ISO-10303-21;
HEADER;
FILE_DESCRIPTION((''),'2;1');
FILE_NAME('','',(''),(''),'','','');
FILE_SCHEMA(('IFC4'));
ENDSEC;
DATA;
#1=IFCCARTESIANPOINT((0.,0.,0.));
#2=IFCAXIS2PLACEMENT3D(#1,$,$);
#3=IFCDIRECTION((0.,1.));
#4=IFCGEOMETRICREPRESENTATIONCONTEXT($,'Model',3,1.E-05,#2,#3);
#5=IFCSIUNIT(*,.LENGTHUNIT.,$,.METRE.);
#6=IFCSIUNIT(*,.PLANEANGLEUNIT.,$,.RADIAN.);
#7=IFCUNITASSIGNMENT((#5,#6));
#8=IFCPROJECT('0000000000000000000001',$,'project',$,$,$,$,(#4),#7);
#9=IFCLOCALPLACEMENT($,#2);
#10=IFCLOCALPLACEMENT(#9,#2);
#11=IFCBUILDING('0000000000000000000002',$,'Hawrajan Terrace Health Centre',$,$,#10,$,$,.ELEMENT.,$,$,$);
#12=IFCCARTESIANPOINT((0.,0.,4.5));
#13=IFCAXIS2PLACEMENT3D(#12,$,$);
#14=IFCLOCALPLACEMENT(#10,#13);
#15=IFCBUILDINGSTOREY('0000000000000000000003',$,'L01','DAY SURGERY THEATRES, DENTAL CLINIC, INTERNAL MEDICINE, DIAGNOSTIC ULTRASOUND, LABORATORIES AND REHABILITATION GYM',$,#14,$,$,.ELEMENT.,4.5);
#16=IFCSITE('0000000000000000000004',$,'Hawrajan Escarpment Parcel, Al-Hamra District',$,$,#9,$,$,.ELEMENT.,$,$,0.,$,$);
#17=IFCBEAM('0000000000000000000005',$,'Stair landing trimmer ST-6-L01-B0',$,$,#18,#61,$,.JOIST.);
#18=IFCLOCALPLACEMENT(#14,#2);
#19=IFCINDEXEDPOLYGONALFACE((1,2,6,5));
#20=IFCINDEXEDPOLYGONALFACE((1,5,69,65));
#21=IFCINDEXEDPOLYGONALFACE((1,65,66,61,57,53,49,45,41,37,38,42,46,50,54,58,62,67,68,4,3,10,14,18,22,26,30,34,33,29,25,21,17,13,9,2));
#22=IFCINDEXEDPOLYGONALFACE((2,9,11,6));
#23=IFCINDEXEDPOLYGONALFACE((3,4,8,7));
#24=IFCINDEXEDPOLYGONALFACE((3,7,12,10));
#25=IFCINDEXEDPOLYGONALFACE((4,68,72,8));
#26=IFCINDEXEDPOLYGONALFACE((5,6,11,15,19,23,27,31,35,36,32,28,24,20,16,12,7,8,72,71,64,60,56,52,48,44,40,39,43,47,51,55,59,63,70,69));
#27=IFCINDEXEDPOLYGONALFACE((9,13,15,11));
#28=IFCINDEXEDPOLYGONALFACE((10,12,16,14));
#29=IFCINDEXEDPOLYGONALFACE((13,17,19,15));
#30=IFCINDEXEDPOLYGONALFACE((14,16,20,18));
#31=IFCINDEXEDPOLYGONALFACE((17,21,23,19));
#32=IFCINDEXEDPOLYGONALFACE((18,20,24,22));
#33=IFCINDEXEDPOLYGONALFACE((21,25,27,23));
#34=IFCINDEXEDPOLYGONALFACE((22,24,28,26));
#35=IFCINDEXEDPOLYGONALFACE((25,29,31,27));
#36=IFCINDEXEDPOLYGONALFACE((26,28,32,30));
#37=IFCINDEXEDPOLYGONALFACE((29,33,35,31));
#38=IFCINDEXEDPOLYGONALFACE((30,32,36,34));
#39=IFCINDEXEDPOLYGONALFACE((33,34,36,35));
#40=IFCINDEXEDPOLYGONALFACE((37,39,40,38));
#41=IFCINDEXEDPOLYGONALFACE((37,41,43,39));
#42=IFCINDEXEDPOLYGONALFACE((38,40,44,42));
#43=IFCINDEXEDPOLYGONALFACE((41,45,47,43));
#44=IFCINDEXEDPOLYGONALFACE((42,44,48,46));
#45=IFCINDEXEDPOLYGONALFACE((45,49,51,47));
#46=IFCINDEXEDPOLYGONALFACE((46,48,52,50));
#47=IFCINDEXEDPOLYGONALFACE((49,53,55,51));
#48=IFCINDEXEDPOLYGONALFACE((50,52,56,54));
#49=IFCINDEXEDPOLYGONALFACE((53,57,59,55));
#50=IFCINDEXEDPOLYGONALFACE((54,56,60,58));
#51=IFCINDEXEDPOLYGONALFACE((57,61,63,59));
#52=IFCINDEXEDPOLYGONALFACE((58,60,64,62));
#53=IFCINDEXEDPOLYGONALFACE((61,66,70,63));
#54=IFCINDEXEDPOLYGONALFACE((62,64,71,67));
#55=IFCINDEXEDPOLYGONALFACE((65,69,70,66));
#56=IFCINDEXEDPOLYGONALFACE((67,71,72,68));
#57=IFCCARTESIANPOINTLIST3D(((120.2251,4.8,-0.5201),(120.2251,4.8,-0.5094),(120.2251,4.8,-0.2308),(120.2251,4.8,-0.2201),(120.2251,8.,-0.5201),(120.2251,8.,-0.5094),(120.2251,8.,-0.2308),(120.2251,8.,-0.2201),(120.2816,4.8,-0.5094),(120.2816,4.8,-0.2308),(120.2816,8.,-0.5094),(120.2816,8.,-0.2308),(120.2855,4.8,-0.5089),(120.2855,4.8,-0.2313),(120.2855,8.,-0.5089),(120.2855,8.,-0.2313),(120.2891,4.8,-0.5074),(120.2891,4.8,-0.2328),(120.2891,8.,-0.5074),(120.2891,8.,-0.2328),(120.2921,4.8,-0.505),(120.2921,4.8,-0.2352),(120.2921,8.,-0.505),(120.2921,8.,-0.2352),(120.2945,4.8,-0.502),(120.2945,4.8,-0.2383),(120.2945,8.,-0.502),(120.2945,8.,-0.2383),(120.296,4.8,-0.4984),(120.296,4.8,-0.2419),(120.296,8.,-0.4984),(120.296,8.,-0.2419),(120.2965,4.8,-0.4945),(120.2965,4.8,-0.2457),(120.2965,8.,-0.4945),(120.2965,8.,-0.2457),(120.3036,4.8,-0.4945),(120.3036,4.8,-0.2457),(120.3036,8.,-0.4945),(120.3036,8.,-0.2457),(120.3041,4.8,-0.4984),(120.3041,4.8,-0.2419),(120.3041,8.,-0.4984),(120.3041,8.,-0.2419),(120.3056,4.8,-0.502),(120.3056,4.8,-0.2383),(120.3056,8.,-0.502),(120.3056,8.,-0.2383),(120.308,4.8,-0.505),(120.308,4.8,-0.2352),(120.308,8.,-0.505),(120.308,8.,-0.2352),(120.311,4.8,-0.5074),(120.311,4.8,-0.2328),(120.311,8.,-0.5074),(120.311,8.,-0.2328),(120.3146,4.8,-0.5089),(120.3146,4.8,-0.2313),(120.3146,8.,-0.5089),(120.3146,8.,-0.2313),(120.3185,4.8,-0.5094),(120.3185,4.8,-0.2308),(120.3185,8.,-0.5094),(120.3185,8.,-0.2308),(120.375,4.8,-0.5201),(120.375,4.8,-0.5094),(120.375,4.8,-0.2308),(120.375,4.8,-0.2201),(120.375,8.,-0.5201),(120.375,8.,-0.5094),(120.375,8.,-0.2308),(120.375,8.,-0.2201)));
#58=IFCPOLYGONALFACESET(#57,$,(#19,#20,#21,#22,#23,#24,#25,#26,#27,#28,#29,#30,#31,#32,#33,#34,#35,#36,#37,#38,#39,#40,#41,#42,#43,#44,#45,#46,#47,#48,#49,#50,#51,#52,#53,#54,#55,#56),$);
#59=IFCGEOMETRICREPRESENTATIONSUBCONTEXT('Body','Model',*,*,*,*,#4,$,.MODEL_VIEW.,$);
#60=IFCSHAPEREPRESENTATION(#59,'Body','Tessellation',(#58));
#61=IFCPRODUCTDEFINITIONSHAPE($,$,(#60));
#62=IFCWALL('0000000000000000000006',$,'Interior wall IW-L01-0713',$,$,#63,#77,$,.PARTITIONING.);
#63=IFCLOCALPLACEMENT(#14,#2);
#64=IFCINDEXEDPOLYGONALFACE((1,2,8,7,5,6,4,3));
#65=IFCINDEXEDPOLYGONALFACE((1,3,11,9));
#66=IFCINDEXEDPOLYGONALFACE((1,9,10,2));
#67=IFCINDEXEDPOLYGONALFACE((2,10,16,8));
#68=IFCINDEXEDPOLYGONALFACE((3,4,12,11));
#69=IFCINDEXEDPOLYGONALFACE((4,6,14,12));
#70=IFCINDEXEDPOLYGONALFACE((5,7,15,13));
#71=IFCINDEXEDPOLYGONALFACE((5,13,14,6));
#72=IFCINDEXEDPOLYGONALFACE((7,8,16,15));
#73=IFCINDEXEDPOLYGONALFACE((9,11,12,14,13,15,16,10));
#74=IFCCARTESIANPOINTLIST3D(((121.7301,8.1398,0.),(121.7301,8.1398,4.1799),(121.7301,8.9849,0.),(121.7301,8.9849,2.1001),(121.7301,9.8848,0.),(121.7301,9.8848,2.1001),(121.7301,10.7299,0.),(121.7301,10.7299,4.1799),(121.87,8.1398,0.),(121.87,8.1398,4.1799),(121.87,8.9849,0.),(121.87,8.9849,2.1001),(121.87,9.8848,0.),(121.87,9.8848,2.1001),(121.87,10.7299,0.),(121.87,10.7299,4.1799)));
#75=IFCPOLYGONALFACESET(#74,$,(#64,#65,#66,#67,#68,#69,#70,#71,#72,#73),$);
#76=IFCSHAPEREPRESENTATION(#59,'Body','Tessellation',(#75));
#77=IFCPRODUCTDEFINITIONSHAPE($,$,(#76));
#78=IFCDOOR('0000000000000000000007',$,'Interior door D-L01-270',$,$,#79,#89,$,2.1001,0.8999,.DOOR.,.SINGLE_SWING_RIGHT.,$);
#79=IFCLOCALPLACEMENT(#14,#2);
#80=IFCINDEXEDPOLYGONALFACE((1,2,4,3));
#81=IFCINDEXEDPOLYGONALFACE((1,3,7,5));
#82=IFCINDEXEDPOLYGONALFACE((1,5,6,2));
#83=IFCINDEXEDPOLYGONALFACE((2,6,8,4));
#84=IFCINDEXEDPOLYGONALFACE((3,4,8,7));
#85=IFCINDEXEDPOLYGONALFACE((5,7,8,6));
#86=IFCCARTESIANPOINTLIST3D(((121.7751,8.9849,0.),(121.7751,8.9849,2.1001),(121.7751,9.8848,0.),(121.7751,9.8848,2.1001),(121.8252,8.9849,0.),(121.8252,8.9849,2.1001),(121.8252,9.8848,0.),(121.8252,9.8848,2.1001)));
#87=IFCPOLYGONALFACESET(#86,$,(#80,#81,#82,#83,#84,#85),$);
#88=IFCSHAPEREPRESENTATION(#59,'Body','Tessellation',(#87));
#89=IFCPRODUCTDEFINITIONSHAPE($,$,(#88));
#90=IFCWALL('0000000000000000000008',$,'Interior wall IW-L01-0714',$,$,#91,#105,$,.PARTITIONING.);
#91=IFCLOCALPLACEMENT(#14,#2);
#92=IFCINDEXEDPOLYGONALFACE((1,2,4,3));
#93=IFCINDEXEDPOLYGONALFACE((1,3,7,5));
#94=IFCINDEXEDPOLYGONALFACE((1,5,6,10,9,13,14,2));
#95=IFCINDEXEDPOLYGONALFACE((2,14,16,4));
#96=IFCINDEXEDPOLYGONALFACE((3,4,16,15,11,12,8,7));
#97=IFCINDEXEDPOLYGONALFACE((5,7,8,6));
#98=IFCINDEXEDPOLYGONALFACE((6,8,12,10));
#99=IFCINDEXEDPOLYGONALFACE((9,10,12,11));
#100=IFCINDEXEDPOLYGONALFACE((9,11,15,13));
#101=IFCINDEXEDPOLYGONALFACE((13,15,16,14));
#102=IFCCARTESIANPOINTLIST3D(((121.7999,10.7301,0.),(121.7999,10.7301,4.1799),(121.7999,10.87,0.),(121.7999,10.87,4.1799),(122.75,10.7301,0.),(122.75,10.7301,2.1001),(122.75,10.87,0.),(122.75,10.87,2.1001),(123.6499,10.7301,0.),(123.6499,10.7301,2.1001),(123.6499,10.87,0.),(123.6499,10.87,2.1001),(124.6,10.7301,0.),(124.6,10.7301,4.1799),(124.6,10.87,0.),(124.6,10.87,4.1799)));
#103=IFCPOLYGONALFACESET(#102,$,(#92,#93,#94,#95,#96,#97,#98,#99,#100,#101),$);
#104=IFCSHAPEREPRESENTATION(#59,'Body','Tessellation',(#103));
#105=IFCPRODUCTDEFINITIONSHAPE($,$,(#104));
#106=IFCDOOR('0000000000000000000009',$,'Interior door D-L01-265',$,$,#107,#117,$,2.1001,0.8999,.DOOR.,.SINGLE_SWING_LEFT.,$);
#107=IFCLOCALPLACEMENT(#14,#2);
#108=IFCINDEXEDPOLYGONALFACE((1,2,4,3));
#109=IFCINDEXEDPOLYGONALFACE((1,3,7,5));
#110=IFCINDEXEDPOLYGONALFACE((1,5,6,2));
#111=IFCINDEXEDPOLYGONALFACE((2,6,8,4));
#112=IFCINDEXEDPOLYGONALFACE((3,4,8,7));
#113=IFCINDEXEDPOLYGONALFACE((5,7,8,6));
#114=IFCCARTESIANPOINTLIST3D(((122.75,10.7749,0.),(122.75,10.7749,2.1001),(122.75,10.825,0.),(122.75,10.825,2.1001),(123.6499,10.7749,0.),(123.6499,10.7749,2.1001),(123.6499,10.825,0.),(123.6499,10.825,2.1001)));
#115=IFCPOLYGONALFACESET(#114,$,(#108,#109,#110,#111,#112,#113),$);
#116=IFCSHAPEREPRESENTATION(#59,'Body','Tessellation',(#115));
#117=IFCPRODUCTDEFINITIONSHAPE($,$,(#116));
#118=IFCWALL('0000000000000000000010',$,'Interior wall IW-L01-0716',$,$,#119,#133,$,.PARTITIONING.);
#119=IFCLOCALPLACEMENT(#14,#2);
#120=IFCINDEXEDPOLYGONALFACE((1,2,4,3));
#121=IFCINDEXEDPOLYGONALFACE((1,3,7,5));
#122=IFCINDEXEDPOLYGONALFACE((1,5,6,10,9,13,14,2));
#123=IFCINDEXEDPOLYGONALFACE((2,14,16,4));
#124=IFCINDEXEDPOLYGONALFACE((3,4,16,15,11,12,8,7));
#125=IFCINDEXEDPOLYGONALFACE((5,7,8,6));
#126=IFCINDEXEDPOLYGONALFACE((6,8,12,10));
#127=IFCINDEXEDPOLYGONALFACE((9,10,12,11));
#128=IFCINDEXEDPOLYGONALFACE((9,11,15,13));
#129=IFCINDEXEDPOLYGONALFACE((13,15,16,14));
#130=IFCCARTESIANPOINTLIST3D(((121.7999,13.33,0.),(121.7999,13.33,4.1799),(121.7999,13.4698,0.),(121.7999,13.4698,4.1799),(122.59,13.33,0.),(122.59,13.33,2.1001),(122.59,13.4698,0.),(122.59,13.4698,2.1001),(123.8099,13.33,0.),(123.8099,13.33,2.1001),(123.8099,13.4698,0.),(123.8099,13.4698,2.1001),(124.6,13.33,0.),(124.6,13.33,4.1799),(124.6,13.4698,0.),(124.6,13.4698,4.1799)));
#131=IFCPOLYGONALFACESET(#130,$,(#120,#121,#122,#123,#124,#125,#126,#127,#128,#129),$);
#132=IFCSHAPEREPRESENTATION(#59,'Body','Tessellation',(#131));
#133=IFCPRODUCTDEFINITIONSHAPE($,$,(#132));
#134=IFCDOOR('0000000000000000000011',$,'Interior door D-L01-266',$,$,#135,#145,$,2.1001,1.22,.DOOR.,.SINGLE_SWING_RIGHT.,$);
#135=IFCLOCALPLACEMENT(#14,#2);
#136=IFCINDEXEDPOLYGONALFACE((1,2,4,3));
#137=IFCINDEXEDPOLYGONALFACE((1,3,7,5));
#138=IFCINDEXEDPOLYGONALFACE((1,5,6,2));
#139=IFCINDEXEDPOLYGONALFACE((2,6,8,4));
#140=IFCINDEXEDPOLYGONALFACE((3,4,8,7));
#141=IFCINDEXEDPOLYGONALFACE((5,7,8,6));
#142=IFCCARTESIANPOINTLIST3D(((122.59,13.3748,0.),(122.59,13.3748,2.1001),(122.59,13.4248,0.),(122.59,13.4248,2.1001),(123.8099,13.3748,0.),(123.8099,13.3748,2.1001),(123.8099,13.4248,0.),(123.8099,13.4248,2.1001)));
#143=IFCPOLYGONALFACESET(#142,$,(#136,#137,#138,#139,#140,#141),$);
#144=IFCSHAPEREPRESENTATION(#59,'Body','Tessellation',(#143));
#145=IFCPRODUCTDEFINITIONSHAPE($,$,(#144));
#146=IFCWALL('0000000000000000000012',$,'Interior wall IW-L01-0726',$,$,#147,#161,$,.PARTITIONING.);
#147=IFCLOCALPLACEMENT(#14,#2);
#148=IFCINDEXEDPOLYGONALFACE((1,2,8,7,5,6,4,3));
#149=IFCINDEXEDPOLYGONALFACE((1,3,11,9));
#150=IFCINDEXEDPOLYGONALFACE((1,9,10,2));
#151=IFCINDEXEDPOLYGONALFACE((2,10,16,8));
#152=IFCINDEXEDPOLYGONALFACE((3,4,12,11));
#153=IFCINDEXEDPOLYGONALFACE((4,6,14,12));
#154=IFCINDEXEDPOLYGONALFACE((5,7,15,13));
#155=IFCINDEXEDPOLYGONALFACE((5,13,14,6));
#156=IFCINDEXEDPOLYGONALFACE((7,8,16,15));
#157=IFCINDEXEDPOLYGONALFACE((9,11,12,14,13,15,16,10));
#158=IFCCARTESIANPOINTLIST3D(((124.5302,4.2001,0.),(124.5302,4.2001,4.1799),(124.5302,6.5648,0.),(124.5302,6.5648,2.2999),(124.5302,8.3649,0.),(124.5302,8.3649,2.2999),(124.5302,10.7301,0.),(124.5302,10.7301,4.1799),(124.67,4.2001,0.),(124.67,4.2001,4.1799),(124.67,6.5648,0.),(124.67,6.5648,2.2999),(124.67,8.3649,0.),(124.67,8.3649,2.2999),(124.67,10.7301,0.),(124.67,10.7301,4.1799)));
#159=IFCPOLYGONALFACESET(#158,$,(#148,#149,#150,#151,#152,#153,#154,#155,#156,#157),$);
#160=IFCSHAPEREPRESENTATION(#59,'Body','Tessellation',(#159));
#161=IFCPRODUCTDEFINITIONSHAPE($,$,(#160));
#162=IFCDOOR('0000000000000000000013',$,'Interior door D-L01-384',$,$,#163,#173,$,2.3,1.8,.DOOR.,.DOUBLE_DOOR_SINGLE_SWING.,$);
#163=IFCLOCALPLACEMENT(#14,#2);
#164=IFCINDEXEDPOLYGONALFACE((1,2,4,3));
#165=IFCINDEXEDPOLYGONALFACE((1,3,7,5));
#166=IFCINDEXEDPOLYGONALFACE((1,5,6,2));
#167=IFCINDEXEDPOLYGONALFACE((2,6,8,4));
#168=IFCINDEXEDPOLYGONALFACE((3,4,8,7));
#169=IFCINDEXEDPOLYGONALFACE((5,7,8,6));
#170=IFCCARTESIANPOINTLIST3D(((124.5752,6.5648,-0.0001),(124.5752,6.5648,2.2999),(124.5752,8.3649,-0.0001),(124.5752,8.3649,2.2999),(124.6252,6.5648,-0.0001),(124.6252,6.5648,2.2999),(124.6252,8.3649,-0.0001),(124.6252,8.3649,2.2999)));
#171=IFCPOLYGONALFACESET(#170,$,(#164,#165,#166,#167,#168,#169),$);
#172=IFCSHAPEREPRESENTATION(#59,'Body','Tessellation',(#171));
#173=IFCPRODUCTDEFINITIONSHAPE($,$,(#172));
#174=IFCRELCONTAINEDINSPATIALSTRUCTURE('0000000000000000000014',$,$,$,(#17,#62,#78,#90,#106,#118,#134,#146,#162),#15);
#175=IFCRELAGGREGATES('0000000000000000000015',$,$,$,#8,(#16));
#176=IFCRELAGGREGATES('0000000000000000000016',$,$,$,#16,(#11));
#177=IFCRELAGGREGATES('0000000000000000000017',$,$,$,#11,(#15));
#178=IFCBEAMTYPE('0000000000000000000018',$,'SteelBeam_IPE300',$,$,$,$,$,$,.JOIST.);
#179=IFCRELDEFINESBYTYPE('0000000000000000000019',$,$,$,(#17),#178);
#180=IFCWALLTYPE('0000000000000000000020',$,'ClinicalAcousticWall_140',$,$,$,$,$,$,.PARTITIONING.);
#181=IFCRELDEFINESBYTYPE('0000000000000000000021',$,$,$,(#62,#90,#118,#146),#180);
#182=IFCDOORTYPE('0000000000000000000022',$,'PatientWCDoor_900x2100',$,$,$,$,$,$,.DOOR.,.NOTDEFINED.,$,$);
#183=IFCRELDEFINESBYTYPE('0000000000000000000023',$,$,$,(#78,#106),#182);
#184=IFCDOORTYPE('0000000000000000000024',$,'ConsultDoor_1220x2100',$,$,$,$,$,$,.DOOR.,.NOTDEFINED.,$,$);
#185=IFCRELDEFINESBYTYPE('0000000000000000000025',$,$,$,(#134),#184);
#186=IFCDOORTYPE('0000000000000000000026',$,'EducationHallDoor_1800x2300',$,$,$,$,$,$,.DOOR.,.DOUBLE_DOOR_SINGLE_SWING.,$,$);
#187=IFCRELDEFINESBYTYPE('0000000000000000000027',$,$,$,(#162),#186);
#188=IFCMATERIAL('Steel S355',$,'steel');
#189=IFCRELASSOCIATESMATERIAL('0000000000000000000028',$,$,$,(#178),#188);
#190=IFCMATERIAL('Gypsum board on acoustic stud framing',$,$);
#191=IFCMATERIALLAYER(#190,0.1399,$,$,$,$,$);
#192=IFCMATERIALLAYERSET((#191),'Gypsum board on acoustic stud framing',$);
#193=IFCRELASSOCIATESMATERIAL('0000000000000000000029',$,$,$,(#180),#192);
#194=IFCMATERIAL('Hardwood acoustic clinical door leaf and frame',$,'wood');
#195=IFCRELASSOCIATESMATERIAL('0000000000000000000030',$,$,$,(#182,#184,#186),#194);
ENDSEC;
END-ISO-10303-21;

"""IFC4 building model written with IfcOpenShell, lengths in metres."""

from ifc_helpers import new_model, si_unit, direction, frame, frame_2d, origin, origin_2d, place, context, subcontext, project, spatial, rectangle, i_section, extrude, material, layer, layer_set, material_profile, profile_set, type_object, element, fill, save


model = new_model("IFC4")

# Units and contexts
model_context = context("Model", 3, precision=1e-05, world=origin(), true_north=direction((0.0, 1.0)))
body_context = subcontext(model_context, "Body", "Model", "MODEL_VIEW")
ifc_project = project(units=[si_unit("LENGTHUNIT", "METRE"), si_unit("PLANEANGLEUNIT", "RADIAN")], contexts=[model_context])

# Site, building, storey
site_placement = place(None, origin())
site = spatial("IfcSite", under=ifc_project, at=site_placement, Name="Hawrajan Escarpment Parcel, Al-Hamra District", CompositionType="ELEMENT", RefElevation=0.0)
building_placement = place(site_placement, origin())
building = spatial("IfcBuilding", under=site, at=building_placement, Name="Hawrajan Terrace Health Centre", CompositionType="ELEMENT")
storey_placement = place(building_placement, frame((0.0, 0.0, 4.5)))
storey = spatial("IfcBuildingStorey", under=building, at=storey_placement, Name="L01", Description="DAY SURGERY THEATRES, DENTAL CLINIC, INTERNAL MEDICINE, DIAGNOSTIC ULTRASOUND, LABORATORIES AND REHABILITATION GYM", CompositionType="ELEMENT", Elevation=4.5)

# Beam
ifc_material_1 = material(Name="Steel S355", Category="steel")
ifc_material_profile_1 = material_profile(ifc_material_1, i_section(OverallWidth=0.1499, OverallDepth=0.3, WebThickness=0.0071, FlangeThickness=0.0107, FilletRadius=0.0149, at=origin_2d()), Name="IPE 300")
ifc_profile_set_1 = profile_set([ifc_material_profile_1], Name="Steel S355")
beam_type_1 = type_object("IfcBeamType", Name="SteelBeam_IPE300", PredefinedType="JOIST", material=ifc_profile_set_1)
beam_1_placement = place(storey_placement, frame((120.3, 4.8, -0.3701), z_axis=(0.0, 1.0, 0.0), x_axis=(-1.0, 0.0, 0.0)))
element("IfcBeam", 1, at=beam_1_placement, inside=storey, type_object=beam_type_1, Name="Stair landing trimmer ST-6-L01-B0", PredefinedType="JOIST", context=body_context, shape_type="SweptSolid", body=[
    extrude(i_section(OverallWidth=0.1499, OverallDepth=0.3, WebThickness=0.0071, FlangeThickness=0.0107, FilletRadius=0.0149, at=origin_2d()), origin(), (0.0, 0.0, 1.0), 3.2),
])

# Walls, openings, doors
ifc_material_2 = material(Name="Gypsum board on acoustic stud framing")
ifc_layer_1 = layer(ifc_material_2, 0.1399)
ifc_layer_set_1 = layer_set([ifc_layer_1], Name="Gypsum board on acoustic stud framing")
wall_type_1 = type_object("IfcWallType", Name="ClinicalAcousticWall_140", PredefinedType="PARTITIONING", material=ifc_layer_set_1)
wall_1_placement = place(storey_placement, frame((121.8, 8.1399, 0.0), z_axis=(0.0, 0.0, 1.0), x_axis=(0.0, 1.0, 0.0)))
wall_1 = element("IfcWall", 2, at=wall_1_placement, inside=storey, type_object=wall_type_1, Name="Interior wall IW-L01-0713", PredefinedType="PARTITIONING", context=body_context, shape_type="SweptSolid", body=[
    extrude(rectangle(XDim=2.5901, YDim=0.1399, at=frame_2d((1.2949, 0.0))), origin(), (0.0, 0.0, 1.0), 4.1799),
])
opening_1_placement = place(wall_1_placement, frame((0.845, 0.0, 0.0)))
opening_1 = element("IfcOpeningElement", 3, at=opening_1_placement, cuts=wall_1, PredefinedType="OPENING", context=body_context, shape_type="SweptSolid", body=[
    extrude(rectangle(XDim=0.8999, YDim=2.1001, at=frame_2d((0.45, 1.05))), frame((0.0, 0.0798, 0.0), z_axis=(0.0, -1.0, 0.0), x_axis=(1.0, 0.0, 0.0)), (0.0, 0.0, 1.0), 0.1599),
])
ifc_material_3 = material(Name="Hardwood acoustic clinical door leaf and frame", Category="wood")
door_type_1 = type_object("IfcDoorType", Name="PatientWCDoor_900x2100", OperationType="NOTDEFINED", PredefinedType="DOOR", material=ifc_material_3)
door_1_placement = place(opening_1_placement, origin())
door_1 = element("IfcDoor", 4, at=door_1_placement, inside=storey, type_object=door_type_1, Name="Interior door D-L01-270", OperationType="SINGLE_SWING_RIGHT", OverallHeight=2.1001, OverallWidth=0.8999, PredefinedType="DOOR", context=body_context, shape_type="SweptSolid", body=[
    extrude(rectangle(XDim=0.8999, YDim=2.1001, at=frame_2d((0.45, 1.05))), frame((0.0, 0.0249, 0.0), z_axis=(0.0, -1.0, 0.0), x_axis=(1.0, 0.0, 0.0)), (0.0, 0.0, 1.0), 0.05),
])
fill(opening_1, door_1)
wall_2_placement = place(storey_placement, frame((121.8, 10.8, 0.0), z_axis=(0.0, 0.0, 1.0), x_axis=(1.0, 0.0, 0.0)))
wall_2 = element("IfcWall", 5, at=wall_2_placement, inside=storey, type_object=wall_type_1, Name="Interior wall IW-L01-0714", PredefinedType="PARTITIONING", context=body_context, shape_type="SweptSolid", body=[
    extrude(rectangle(XDim=2.8, YDim=0.1399, at=frame_2d((1.3999, 0.0))), origin(), (0.0, 0.0, 1.0), 4.1799),
])
opening_2_placement = place(wall_2_placement, frame((0.95, 0.0, 0.0)))
opening_2 = element("IfcOpeningElement", 6, at=opening_2_placement, cuts=wall_2, PredefinedType="OPENING", context=body_context, shape_type="SweptSolid", body=[
    extrude(rectangle(XDim=0.8999, YDim=2.1001, at=frame_2d((0.45, 1.05))), frame((0.0, 0.0798, 0.0), z_axis=(0.0, -1.0, 0.0), x_axis=(1.0, 0.0, 0.0)), (0.0, 0.0, 1.0), 0.1599),
])
door_2_placement = place(opening_2_placement, origin())
door_2 = element("IfcDoor", 7, at=door_2_placement, inside=storey, type_object=door_type_1, Name="Interior door D-L01-265", OperationType="SINGLE_SWING_LEFT", OverallHeight=2.1001, OverallWidth=0.8999, PredefinedType="DOOR", context=body_context, shape_type="SweptSolid", body=[
    extrude(rectangle(XDim=0.8999, YDim=2.1001, at=frame_2d((0.45, 1.05))), frame((0.0, 0.0249, 0.0), z_axis=(0.0, -1.0, 0.0), x_axis=(1.0, 0.0, 0.0)), (0.0, 0.0, 1.0), 0.05),
])
fill(opening_2, door_2)
wall_3_placement = place(storey_placement, frame((121.8, 13.3999, 0.0), z_axis=(0.0, 0.0, 1.0), x_axis=(1.0, 0.0, 0.0)))
wall_3 = element("IfcWall", 8, at=wall_3_placement, inside=storey, type_object=wall_type_1, Name="Interior wall IW-L01-0716", PredefinedType="PARTITIONING", context=body_context, shape_type="SweptSolid", body=[
    extrude(rectangle(XDim=2.8, YDim=0.1399, at=frame_2d((1.3999, 0.0))), origin(), (0.0, 0.0, 1.0), 4.1799),
])
opening_3_placement = place(wall_3_placement, frame((0.79, 0.0, 0.0)))
opening_3 = element("IfcOpeningElement", 9, at=opening_3_placement, cuts=wall_3, PredefinedType="OPENING", context=body_context, shape_type="SweptSolid", body=[
    extrude(rectangle(XDim=1.22, YDim=2.1001, at=frame_2d((0.6099, 1.05))), frame((0.0, 0.0798, 0.0), z_axis=(0.0, -1.0, 0.0), x_axis=(1.0, 0.0, 0.0)), (0.0, 0.0, 1.0), 0.1599),
])
door_type_2 = type_object("IfcDoorType", Name="ConsultDoor_1220x2100", OperationType="NOTDEFINED", PredefinedType="DOOR", material=ifc_material_3)
door_3_placement = place(opening_3_placement, origin())
door_3 = element("IfcDoor", 10, at=door_3_placement, inside=storey, type_object=door_type_2, Name="Interior door D-L01-266", OperationType="SINGLE_SWING_RIGHT", OverallHeight=2.1001, OverallWidth=1.22, PredefinedType="DOOR", context=body_context, shape_type="SweptSolid", body=[
    extrude(rectangle(XDim=1.22, YDim=2.1001, at=frame_2d((0.6099, 1.05))), frame((0.0, 0.0249, 0.0), z_axis=(0.0, -1.0, 0.0), x_axis=(1.0, 0.0, 0.0)), (0.0, 0.0, 1.0), 0.05),
])
fill(opening_3, door_3)
wall_4_placement = place(storey_placement, frame((124.6001, 4.2, 0.0), z_axis=(0.0, 0.0, 1.0), x_axis=(0.0, 1.0, 0.0)))
wall_4 = element("IfcWall", 11, at=wall_4_placement, inside=storey, type_object=wall_type_1, Name="Interior wall IW-L01-0726", PredefinedType="PARTITIONING", context=body_context, shape_type="SweptSolid", body=[
    extrude(rectangle(XDim=6.53, YDim=0.1399, at=frame_2d((3.2651, 0.0))), origin(), (0.0, 0.0, 1.0), 4.1799),
])
opening_4_placement = place(wall_4_placement, frame((2.365, 0.0, 0.0)))
opening_4 = element("IfcOpeningElement", 12, at=opening_4_placement, cuts=wall_4, PredefinedType="OPENING", context=body_context, shape_type="SweptSolid", body=[
    extrude(rectangle(XDim=1.8, YDim=2.3, at=frame_2d((0.8999, 1.1499))), frame((0.0, 0.0798, 0.0), z_axis=(0.0, -1.0, 0.0), x_axis=(1.0, 0.0, 0.0)), (0.0, 0.0, 1.0), 0.1599),
])
door_type_3 = type_object("IfcDoorType", Name="EducationHallDoor_1800x2300", OperationType="DOUBLE_DOOR_SINGLE_SWING", PredefinedType="DOOR", material=ifc_material_3)
door_4_placement = place(opening_4_placement, origin())
door_4 = element("IfcDoor", 13, at=door_4_placement, inside=storey, type_object=door_type_3, Name="Interior door D-L01-384", OperationType="DOUBLE_DOOR_SINGLE_SWING", OverallHeight=2.3, OverallWidth=1.8, PredefinedType="DOOR", context=body_context, shape_type="SweptSolid", body=[
    extrude(rectangle(XDim=1.8, YDim=2.3, at=frame_2d((0.8999, 1.1499))), frame((0.0, 0.0249, 0.0), z_axis=(0.0, -1.0, 0.0), x_axis=(1.0, 0.0, 0.0)), (0.0, 0.0, 1.0), 0.05),
])
fill(opening_4, door_4)

save(model, "model.ifc")
